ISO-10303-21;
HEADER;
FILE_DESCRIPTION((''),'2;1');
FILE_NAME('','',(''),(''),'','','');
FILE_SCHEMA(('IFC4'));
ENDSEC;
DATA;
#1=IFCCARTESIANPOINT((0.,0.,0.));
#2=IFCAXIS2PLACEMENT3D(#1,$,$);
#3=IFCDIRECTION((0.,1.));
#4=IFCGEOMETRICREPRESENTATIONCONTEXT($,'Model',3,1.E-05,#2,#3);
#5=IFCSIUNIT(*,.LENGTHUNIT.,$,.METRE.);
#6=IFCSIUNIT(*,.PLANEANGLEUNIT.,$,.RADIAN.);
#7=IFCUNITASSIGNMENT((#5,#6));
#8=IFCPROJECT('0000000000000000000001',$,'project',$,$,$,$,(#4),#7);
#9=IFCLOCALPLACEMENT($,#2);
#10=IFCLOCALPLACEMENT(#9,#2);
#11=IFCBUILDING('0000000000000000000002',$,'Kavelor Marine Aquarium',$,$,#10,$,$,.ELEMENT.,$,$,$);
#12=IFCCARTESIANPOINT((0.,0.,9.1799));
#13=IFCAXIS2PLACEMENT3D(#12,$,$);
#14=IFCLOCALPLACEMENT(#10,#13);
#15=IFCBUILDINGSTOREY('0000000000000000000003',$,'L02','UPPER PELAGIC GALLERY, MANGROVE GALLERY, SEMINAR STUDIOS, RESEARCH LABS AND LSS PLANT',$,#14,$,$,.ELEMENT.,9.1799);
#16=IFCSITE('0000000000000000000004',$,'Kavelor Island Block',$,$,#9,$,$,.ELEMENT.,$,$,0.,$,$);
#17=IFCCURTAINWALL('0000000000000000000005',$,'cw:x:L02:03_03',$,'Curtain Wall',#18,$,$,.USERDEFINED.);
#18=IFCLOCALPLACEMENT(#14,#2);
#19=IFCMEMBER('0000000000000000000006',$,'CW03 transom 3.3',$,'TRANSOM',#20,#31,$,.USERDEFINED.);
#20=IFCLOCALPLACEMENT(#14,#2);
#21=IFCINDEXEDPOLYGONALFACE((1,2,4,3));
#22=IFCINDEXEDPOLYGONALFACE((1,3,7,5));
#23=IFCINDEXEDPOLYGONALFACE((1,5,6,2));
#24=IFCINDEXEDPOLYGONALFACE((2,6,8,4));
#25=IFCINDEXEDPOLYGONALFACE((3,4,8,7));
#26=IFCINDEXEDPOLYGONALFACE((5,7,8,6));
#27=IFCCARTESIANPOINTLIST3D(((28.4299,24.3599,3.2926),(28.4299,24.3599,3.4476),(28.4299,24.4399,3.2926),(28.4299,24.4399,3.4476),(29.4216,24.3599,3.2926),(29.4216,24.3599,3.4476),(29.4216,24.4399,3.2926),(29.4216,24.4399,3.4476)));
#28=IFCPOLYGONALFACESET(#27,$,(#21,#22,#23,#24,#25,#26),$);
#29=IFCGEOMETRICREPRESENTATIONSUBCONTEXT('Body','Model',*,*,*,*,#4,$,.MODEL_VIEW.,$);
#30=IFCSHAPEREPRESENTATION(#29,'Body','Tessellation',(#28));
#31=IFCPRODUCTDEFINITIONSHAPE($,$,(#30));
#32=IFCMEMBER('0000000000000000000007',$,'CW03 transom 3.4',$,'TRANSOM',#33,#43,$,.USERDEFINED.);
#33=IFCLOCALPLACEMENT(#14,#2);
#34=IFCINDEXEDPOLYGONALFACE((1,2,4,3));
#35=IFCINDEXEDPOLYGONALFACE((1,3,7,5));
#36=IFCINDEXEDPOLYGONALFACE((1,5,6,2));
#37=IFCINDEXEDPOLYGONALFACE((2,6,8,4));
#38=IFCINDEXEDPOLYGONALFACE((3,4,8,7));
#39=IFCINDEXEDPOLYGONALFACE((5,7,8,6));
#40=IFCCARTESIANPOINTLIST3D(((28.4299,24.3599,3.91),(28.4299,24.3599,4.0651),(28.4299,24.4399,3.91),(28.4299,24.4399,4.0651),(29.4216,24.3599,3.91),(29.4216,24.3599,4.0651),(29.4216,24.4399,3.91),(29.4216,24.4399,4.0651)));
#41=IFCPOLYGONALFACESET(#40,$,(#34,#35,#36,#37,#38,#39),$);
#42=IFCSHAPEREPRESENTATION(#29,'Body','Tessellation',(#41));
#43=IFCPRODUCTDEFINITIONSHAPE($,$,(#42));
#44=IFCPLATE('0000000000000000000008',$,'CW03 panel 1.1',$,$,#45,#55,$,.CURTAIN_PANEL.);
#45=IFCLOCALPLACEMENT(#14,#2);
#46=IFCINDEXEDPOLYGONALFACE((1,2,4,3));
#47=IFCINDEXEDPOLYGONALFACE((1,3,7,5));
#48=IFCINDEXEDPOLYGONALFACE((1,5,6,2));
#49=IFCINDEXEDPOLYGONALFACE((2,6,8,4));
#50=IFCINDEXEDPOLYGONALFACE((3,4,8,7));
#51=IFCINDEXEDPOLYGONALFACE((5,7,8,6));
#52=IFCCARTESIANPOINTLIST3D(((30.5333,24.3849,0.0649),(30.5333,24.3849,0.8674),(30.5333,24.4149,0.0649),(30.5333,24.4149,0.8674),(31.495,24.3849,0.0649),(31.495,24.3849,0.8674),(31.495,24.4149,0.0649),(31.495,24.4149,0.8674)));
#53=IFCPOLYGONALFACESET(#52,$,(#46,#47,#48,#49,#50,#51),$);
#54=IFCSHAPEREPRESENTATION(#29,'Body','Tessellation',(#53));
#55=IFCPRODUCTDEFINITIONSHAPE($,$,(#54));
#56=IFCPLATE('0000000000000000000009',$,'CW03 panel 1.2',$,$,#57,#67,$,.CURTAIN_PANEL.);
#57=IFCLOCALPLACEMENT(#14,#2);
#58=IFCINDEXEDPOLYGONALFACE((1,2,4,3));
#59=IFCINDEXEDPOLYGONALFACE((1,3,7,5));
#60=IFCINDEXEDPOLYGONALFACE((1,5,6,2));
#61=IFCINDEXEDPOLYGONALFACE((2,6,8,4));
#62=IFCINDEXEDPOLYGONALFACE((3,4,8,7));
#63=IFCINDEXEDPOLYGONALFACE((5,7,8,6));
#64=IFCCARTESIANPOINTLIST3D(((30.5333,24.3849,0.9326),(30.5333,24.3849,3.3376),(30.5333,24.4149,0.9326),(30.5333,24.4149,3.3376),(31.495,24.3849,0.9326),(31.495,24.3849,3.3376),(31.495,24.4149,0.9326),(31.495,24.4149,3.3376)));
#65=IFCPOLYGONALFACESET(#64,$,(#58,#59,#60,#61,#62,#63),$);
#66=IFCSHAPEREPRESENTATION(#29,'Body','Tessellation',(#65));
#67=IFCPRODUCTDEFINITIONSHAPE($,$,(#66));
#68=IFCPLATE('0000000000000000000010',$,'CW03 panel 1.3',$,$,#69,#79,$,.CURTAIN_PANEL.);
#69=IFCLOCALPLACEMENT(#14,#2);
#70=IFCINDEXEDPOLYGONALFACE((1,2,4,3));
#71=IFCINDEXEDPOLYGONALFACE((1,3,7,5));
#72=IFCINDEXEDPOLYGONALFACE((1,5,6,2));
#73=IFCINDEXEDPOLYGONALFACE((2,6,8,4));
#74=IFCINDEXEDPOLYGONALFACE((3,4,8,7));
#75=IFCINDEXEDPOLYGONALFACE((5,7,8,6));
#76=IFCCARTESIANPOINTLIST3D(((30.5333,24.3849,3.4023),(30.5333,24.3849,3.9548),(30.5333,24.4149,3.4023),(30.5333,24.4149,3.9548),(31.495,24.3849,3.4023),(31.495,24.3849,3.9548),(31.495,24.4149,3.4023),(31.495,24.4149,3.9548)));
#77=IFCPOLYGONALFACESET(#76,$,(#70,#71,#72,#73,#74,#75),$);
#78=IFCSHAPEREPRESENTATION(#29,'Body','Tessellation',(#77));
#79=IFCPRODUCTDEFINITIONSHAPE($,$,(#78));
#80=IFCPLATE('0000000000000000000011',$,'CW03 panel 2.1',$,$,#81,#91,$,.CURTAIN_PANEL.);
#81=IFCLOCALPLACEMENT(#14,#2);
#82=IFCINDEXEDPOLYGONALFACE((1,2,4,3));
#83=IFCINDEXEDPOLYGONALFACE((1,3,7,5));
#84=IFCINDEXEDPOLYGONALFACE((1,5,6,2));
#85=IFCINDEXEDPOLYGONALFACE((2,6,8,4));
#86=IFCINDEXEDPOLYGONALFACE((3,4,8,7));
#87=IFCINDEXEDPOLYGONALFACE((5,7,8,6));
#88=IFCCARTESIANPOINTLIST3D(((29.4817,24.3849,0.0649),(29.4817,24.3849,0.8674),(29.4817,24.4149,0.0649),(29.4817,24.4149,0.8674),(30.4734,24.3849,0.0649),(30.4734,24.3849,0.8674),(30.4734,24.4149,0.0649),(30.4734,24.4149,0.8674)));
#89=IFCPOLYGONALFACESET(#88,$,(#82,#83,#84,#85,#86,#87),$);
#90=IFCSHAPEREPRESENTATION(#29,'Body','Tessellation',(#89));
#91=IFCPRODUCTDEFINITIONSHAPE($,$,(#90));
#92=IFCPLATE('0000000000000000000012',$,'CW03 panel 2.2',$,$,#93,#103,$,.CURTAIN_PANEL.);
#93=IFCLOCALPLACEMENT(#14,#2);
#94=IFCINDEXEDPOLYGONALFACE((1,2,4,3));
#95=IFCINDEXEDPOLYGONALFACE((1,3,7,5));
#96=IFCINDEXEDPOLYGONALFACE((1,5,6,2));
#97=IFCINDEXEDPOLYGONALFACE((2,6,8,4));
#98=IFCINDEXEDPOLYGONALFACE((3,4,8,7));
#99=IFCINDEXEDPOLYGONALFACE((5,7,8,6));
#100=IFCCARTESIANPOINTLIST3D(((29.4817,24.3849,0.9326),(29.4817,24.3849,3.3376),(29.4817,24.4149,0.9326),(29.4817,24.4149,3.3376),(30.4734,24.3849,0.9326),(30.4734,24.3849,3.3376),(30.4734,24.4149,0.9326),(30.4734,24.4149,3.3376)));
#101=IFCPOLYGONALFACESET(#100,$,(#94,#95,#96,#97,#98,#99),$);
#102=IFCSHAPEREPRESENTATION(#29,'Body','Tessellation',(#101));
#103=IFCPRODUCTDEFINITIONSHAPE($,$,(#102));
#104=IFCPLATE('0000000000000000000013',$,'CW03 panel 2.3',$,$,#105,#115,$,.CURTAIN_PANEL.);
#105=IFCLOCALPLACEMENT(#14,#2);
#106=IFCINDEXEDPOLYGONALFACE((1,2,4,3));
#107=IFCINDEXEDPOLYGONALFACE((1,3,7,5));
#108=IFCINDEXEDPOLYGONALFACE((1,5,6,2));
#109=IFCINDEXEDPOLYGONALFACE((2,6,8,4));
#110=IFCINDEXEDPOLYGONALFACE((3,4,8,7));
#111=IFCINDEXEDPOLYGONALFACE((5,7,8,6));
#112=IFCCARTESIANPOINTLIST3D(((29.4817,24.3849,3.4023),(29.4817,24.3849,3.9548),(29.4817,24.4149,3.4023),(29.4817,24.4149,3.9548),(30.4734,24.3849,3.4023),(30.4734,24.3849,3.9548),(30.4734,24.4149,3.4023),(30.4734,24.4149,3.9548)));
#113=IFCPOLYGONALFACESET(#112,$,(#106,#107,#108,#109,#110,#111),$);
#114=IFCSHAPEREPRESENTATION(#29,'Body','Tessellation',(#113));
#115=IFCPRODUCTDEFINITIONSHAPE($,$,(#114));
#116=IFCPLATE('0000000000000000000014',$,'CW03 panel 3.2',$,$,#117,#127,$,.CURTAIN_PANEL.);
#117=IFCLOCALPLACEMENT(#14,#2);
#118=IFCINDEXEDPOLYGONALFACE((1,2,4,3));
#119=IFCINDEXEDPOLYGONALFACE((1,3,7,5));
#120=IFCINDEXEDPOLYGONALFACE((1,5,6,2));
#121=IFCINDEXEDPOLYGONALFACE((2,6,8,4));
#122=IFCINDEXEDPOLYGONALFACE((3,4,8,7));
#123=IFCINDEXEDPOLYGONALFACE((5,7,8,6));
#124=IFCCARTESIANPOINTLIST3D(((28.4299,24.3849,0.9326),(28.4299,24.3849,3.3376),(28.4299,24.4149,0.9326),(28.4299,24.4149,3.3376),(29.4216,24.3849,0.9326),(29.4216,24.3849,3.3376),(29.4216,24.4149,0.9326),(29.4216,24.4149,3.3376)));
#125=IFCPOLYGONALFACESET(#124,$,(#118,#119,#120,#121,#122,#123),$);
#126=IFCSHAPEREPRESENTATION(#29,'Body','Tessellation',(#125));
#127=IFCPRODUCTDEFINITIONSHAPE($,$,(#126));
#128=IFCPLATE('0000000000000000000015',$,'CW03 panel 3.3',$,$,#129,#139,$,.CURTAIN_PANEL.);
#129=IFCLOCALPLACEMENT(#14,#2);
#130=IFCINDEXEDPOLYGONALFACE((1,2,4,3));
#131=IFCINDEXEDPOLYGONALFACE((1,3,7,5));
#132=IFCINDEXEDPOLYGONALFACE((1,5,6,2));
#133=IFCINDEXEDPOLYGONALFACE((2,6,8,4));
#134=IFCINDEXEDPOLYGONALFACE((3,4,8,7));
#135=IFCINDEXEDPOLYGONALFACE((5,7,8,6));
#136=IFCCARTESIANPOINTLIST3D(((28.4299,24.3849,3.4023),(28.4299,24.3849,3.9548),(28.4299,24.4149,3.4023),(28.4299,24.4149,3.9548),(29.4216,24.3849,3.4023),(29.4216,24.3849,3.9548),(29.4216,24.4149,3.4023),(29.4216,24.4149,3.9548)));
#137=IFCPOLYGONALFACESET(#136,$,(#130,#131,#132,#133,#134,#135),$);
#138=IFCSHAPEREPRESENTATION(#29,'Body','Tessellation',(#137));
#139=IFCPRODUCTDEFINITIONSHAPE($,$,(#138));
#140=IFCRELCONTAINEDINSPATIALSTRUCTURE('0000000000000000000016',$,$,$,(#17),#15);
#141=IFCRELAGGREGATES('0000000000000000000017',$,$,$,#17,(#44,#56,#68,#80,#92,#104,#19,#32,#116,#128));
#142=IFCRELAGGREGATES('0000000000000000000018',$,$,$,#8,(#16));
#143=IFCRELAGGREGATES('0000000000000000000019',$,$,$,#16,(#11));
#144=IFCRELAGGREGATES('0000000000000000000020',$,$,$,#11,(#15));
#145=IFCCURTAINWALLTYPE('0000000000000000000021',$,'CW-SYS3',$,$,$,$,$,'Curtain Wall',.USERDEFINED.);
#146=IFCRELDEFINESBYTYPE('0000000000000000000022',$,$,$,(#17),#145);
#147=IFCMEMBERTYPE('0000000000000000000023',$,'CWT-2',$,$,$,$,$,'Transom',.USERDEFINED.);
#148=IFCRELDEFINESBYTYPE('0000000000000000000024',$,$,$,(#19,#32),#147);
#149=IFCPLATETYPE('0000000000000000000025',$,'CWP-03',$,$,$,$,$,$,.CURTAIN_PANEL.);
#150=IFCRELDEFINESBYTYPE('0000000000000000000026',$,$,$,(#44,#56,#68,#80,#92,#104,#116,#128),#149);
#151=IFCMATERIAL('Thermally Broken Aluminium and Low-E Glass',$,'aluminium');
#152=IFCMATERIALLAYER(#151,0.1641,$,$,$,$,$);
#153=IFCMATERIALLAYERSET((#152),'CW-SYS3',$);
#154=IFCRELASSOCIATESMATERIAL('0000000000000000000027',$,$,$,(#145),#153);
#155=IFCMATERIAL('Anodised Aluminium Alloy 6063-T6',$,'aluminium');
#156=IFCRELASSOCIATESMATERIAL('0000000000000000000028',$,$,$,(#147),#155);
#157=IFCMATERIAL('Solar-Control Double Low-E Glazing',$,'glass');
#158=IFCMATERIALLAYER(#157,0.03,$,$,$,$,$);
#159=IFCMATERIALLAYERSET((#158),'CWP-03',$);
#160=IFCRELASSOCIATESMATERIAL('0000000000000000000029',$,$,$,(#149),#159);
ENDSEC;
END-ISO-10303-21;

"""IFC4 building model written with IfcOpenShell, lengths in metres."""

from ifc_helpers import new_model, si_unit, direction, frame, origin, origin_2d, place, context, subcontext, project, spatial, rectangle, extrude, material, layer, layer_set, material_profile, profile_set, type_object, element, aggregate, save


model = new_model("IFC4")

# Units and contexts
model_context = context("Model", 3, precision=1e-05, world=origin(), true_north=direction((0.0, 1.0)))
body_context = subcontext(model_context, "Body", "Model", "MODEL_VIEW")
ifc_project = project(units=[si_unit("LENGTHUNIT", "METRE"), si_unit("PLANEANGLEUNIT", "RADIAN")], contexts=[model_context])

# Site, building, storey
site_placement = place(None, origin())
site = spatial("IfcSite", under=ifc_project, at=site_placement, Name="Kavelor Island Block", CompositionType="ELEMENT", RefElevation=0.0)
building_placement = place(site_placement, origin())
building = spatial("IfcBuilding", under=site, at=building_placement, Name="Kavelor Marine Aquarium", CompositionType="ELEMENT")
storey_placement = place(building_placement, frame((0.0, 0.0, 9.1799)))
storey = spatial("IfcBuildingStorey", under=building, at=storey_placement, Name="L02", Description="UPPER PELAGIC GALLERY, MANGROVE GALLERY, SEMINAR STUDIOS, RESEARCH LABS AND LSS PLANT", CompositionType="ELEMENT", Elevation=9.1799)

# Curtain wall, members, plates
ifc_material_1 = material(Name="Thermally Broken Aluminium and Low-E Glass", Category="aluminium")
ifc_layer_1 = layer(ifc_material_1, 0.1641)
ifc_layer_set_1 = layer_set([ifc_layer_1], Name="CW-SYS3")
curtain_wall_type = type_object("IfcCurtainWallType", Name="CW-SYS3", ElementType="Curtain Wall", PredefinedType="USERDEFINED", material=ifc_layer_set_1)
curtain_wall_placement = place(storey_placement, origin())
curtain_wall = element("IfcCurtainWall", 1, at=curtain_wall_placement, inside=storey, type_object=curtain_wall_type, Name="cw:x:L02:03_03", ObjectType="Curtain Wall", PredefinedType="USERDEFINED")
ifc_material_2 = material(Name="Anodised Aluminium Alloy 6063-T6", Category="aluminium")
ifc_material_profile_1 = material_profile(ifc_material_2, rectangle(XDim=0.0801, YDim=0.155, at=origin_2d()), Name="CW-TRN 80x155")
ifc_profile_set_1 = profile_set([ifc_material_profile_1], Name="Anodised Aluminium Alloy 6063-T6")
member_type_1 = type_object("IfcMemberType", Name="CWT-2", ElementType="Transom", PredefinedType="USERDEFINED", material=ifc_profile_set_1)
member_1_placement = place(storey_placement, frame((29.4216, 24.3999, 3.3701), z_axis=(-1.0, 0.0, 0.0), x_axis=(0.0, -1.0, 0.0)))
member_1 = element("IfcMember", 2, at=member_1_placement, type_object=member_type_1, Name="CW03 transom 3.3", ObjectType="TRANSOM", PredefinedType="USERDEFINED", context=body_context, shape_type="SweptSolid", body=[
    extrude(rectangle(XDim=0.0801, YDim=0.155, at=origin_2d()), origin(), (0.0, 0.0, 1.0), 0.9917),
])
member_2_placement = place(storey_placement, frame((29.4216, 24.3999, 3.9875), z_axis=(-1.0, 0.0, 0.0), x_axis=(0.0, -1.0, 0.0)))
member_2 = element("IfcMember", 3, at=member_2_placement, type_object=member_type_1, Name="CW03 transom 3.4", ObjectType="TRANSOM", PredefinedType="USERDEFINED", context=body_context, shape_type="SweptSolid", body=[
    extrude(rectangle(XDim=0.0801, YDim=0.155, at=origin_2d()), origin(), (0.0, 0.0, 1.0), 0.9917),
])
ifc_material_3 = material(Name="Solar-Control Double Low-E Glazing", Category="glass")
ifc_layer_2 = layer(ifc_material_3, 0.03)
ifc_layer_set_2 = layer_set([ifc_layer_2], Name="CWP-03")
plate_type = type_object("IfcPlateType", Name="CWP-03", PredefinedType="CURTAIN_PANEL", material=ifc_layer_set_2)
plate_1_placement = place(storey_placement, frame((31.0142, 24.3999, 0.0649), z_axis=(0.0, 0.0, 1.0), x_axis=(-1.0, 0.0, 0.0)))
plate_1 = element("IfcPlate", 4, at=plate_1_placement, type_object=plate_type, Name="CW03 panel 1.1", PredefinedType="CURTAIN_PANEL", context=body_context, shape_type="SweptSolid", body=[
    extrude(rectangle(XDim=0.9617, YDim=0.03, at=origin_2d()), origin(), (0.0, 0.0, 1.0), 0.8025),
])
plate_2_placement = place(storey_placement, frame((31.0142, 24.3999, 0.9326), z_axis=(0.0, 0.0, 1.0), x_axis=(-1.0, 0.0, 0.0)))
plate_2 = element("IfcPlate", 5, at=plate_2_placement, type_object=plate_type, Name="CW03 panel 1.2", PredefinedType="CURTAIN_PANEL", context=body_context, shape_type="SweptSolid", body=[
    extrude(rectangle(XDim=0.9617, YDim=0.03, at=origin_2d()), origin(), (0.0, 0.0, 1.0), 2.405),
])
plate_3_placement = place(storey_placement, frame((31.0142, 24.3999, 3.4023), z_axis=(0.0, 0.0, 1.0), x_axis=(-1.0, 0.0, 0.0)))
plate_3 = element("IfcPlate", 6, at=plate_3_placement, type_object=plate_type, Name="CW03 panel 1.3", PredefinedType="CURTAIN_PANEL", context=body_context, shape_type="SweptSolid", body=[
    extrude(rectangle(XDim=0.9617, YDim=0.03, at=origin_2d()), origin(), (0.0, 0.0, 1.0), 0.5525),
])
plate_4_placement = place(storey_placement, frame((29.9775, 24.3999, 0.0649), z_axis=(0.0, 0.0, 1.0), x_axis=(-1.0, 0.0, 0.0)))
plate_4 = element("IfcPlate", 7, at=plate_4_placement, type_object=plate_type, Name="CW03 panel 2.1", PredefinedType="CURTAIN_PANEL", context=body_context, shape_type="SweptSolid", body=[
    extrude(rectangle(XDim=0.9917, YDim=0.03, at=origin_2d()), origin(), (0.0, 0.0, 1.0), 0.8025),
])
plate_5_placement = place(storey_placement, frame((29.9775, 24.3999, 0.9326), z_axis=(0.0, 0.0, 1.0), x_axis=(-1.0, 0.0, 0.0)))
plate_5 = element("IfcPlate", 8, at=plate_5_placement, type_object=plate_type, Name="CW03 panel 2.2", PredefinedType="CURTAIN_PANEL", context=body_context, shape_type="SweptSolid", body=[
    extrude(rectangle(XDim=0.9917, YDim=0.03, at=origin_2d()), origin(), (0.0, 0.0, 1.0), 2.405),
])
plate_6_placement = place(storey_placement, frame((29.9775, 24.3999, 3.4023), z_axis=(0.0, 0.0, 1.0), x_axis=(-1.0, 0.0, 0.0)))
plate_6 = element("IfcPlate", 9, at=plate_6_placement, type_object=plate_type, Name="CW03 panel 2.3", PredefinedType="CURTAIN_PANEL", context=body_context, shape_type="SweptSolid", body=[
    extrude(rectangle(XDim=0.9917, YDim=0.03, at=origin_2d()), origin(), (0.0, 0.0, 1.0), 0.5525),
])
plate_7_placement = place(storey_placement, frame((28.9258, 24.3999, 0.9326), z_axis=(0.0, 0.0, 1.0), x_axis=(-1.0, 0.0, 0.0)))
plate_7 = element("IfcPlate", 10, at=plate_7_placement, type_object=plate_type, Name="CW03 panel 3.2", PredefinedType="CURTAIN_PANEL", context=body_context, shape_type="SweptSolid", body=[
    extrude(rectangle(XDim=0.9917, YDim=0.03, at=origin_2d()), origin(), (0.0, 0.0, 1.0), 2.405),
])
plate_8_placement = place(storey_placement, frame((28.9258, 24.3999, 3.4023), z_axis=(0.0, 0.0, 1.0), x_axis=(-1.0, 0.0, 0.0)))
plate_8 = element("IfcPlate", 11, at=plate_8_placement, type_object=plate_type, Name="CW03 panel 3.3", PredefinedType="CURTAIN_PANEL", context=body_context, shape_type="SweptSolid", body=[
    extrude(rectangle(XDim=0.9917, YDim=0.03, at=origin_2d()), origin(), (0.0, 0.0, 1.0), 0.5525),
])
aggregate(curtain_wall, [plate_1, plate_2, plate_3, plate_4, plate_5, plate_6, member_1, member_2, plate_7, plate_8])

save(model, "model.ifc")
